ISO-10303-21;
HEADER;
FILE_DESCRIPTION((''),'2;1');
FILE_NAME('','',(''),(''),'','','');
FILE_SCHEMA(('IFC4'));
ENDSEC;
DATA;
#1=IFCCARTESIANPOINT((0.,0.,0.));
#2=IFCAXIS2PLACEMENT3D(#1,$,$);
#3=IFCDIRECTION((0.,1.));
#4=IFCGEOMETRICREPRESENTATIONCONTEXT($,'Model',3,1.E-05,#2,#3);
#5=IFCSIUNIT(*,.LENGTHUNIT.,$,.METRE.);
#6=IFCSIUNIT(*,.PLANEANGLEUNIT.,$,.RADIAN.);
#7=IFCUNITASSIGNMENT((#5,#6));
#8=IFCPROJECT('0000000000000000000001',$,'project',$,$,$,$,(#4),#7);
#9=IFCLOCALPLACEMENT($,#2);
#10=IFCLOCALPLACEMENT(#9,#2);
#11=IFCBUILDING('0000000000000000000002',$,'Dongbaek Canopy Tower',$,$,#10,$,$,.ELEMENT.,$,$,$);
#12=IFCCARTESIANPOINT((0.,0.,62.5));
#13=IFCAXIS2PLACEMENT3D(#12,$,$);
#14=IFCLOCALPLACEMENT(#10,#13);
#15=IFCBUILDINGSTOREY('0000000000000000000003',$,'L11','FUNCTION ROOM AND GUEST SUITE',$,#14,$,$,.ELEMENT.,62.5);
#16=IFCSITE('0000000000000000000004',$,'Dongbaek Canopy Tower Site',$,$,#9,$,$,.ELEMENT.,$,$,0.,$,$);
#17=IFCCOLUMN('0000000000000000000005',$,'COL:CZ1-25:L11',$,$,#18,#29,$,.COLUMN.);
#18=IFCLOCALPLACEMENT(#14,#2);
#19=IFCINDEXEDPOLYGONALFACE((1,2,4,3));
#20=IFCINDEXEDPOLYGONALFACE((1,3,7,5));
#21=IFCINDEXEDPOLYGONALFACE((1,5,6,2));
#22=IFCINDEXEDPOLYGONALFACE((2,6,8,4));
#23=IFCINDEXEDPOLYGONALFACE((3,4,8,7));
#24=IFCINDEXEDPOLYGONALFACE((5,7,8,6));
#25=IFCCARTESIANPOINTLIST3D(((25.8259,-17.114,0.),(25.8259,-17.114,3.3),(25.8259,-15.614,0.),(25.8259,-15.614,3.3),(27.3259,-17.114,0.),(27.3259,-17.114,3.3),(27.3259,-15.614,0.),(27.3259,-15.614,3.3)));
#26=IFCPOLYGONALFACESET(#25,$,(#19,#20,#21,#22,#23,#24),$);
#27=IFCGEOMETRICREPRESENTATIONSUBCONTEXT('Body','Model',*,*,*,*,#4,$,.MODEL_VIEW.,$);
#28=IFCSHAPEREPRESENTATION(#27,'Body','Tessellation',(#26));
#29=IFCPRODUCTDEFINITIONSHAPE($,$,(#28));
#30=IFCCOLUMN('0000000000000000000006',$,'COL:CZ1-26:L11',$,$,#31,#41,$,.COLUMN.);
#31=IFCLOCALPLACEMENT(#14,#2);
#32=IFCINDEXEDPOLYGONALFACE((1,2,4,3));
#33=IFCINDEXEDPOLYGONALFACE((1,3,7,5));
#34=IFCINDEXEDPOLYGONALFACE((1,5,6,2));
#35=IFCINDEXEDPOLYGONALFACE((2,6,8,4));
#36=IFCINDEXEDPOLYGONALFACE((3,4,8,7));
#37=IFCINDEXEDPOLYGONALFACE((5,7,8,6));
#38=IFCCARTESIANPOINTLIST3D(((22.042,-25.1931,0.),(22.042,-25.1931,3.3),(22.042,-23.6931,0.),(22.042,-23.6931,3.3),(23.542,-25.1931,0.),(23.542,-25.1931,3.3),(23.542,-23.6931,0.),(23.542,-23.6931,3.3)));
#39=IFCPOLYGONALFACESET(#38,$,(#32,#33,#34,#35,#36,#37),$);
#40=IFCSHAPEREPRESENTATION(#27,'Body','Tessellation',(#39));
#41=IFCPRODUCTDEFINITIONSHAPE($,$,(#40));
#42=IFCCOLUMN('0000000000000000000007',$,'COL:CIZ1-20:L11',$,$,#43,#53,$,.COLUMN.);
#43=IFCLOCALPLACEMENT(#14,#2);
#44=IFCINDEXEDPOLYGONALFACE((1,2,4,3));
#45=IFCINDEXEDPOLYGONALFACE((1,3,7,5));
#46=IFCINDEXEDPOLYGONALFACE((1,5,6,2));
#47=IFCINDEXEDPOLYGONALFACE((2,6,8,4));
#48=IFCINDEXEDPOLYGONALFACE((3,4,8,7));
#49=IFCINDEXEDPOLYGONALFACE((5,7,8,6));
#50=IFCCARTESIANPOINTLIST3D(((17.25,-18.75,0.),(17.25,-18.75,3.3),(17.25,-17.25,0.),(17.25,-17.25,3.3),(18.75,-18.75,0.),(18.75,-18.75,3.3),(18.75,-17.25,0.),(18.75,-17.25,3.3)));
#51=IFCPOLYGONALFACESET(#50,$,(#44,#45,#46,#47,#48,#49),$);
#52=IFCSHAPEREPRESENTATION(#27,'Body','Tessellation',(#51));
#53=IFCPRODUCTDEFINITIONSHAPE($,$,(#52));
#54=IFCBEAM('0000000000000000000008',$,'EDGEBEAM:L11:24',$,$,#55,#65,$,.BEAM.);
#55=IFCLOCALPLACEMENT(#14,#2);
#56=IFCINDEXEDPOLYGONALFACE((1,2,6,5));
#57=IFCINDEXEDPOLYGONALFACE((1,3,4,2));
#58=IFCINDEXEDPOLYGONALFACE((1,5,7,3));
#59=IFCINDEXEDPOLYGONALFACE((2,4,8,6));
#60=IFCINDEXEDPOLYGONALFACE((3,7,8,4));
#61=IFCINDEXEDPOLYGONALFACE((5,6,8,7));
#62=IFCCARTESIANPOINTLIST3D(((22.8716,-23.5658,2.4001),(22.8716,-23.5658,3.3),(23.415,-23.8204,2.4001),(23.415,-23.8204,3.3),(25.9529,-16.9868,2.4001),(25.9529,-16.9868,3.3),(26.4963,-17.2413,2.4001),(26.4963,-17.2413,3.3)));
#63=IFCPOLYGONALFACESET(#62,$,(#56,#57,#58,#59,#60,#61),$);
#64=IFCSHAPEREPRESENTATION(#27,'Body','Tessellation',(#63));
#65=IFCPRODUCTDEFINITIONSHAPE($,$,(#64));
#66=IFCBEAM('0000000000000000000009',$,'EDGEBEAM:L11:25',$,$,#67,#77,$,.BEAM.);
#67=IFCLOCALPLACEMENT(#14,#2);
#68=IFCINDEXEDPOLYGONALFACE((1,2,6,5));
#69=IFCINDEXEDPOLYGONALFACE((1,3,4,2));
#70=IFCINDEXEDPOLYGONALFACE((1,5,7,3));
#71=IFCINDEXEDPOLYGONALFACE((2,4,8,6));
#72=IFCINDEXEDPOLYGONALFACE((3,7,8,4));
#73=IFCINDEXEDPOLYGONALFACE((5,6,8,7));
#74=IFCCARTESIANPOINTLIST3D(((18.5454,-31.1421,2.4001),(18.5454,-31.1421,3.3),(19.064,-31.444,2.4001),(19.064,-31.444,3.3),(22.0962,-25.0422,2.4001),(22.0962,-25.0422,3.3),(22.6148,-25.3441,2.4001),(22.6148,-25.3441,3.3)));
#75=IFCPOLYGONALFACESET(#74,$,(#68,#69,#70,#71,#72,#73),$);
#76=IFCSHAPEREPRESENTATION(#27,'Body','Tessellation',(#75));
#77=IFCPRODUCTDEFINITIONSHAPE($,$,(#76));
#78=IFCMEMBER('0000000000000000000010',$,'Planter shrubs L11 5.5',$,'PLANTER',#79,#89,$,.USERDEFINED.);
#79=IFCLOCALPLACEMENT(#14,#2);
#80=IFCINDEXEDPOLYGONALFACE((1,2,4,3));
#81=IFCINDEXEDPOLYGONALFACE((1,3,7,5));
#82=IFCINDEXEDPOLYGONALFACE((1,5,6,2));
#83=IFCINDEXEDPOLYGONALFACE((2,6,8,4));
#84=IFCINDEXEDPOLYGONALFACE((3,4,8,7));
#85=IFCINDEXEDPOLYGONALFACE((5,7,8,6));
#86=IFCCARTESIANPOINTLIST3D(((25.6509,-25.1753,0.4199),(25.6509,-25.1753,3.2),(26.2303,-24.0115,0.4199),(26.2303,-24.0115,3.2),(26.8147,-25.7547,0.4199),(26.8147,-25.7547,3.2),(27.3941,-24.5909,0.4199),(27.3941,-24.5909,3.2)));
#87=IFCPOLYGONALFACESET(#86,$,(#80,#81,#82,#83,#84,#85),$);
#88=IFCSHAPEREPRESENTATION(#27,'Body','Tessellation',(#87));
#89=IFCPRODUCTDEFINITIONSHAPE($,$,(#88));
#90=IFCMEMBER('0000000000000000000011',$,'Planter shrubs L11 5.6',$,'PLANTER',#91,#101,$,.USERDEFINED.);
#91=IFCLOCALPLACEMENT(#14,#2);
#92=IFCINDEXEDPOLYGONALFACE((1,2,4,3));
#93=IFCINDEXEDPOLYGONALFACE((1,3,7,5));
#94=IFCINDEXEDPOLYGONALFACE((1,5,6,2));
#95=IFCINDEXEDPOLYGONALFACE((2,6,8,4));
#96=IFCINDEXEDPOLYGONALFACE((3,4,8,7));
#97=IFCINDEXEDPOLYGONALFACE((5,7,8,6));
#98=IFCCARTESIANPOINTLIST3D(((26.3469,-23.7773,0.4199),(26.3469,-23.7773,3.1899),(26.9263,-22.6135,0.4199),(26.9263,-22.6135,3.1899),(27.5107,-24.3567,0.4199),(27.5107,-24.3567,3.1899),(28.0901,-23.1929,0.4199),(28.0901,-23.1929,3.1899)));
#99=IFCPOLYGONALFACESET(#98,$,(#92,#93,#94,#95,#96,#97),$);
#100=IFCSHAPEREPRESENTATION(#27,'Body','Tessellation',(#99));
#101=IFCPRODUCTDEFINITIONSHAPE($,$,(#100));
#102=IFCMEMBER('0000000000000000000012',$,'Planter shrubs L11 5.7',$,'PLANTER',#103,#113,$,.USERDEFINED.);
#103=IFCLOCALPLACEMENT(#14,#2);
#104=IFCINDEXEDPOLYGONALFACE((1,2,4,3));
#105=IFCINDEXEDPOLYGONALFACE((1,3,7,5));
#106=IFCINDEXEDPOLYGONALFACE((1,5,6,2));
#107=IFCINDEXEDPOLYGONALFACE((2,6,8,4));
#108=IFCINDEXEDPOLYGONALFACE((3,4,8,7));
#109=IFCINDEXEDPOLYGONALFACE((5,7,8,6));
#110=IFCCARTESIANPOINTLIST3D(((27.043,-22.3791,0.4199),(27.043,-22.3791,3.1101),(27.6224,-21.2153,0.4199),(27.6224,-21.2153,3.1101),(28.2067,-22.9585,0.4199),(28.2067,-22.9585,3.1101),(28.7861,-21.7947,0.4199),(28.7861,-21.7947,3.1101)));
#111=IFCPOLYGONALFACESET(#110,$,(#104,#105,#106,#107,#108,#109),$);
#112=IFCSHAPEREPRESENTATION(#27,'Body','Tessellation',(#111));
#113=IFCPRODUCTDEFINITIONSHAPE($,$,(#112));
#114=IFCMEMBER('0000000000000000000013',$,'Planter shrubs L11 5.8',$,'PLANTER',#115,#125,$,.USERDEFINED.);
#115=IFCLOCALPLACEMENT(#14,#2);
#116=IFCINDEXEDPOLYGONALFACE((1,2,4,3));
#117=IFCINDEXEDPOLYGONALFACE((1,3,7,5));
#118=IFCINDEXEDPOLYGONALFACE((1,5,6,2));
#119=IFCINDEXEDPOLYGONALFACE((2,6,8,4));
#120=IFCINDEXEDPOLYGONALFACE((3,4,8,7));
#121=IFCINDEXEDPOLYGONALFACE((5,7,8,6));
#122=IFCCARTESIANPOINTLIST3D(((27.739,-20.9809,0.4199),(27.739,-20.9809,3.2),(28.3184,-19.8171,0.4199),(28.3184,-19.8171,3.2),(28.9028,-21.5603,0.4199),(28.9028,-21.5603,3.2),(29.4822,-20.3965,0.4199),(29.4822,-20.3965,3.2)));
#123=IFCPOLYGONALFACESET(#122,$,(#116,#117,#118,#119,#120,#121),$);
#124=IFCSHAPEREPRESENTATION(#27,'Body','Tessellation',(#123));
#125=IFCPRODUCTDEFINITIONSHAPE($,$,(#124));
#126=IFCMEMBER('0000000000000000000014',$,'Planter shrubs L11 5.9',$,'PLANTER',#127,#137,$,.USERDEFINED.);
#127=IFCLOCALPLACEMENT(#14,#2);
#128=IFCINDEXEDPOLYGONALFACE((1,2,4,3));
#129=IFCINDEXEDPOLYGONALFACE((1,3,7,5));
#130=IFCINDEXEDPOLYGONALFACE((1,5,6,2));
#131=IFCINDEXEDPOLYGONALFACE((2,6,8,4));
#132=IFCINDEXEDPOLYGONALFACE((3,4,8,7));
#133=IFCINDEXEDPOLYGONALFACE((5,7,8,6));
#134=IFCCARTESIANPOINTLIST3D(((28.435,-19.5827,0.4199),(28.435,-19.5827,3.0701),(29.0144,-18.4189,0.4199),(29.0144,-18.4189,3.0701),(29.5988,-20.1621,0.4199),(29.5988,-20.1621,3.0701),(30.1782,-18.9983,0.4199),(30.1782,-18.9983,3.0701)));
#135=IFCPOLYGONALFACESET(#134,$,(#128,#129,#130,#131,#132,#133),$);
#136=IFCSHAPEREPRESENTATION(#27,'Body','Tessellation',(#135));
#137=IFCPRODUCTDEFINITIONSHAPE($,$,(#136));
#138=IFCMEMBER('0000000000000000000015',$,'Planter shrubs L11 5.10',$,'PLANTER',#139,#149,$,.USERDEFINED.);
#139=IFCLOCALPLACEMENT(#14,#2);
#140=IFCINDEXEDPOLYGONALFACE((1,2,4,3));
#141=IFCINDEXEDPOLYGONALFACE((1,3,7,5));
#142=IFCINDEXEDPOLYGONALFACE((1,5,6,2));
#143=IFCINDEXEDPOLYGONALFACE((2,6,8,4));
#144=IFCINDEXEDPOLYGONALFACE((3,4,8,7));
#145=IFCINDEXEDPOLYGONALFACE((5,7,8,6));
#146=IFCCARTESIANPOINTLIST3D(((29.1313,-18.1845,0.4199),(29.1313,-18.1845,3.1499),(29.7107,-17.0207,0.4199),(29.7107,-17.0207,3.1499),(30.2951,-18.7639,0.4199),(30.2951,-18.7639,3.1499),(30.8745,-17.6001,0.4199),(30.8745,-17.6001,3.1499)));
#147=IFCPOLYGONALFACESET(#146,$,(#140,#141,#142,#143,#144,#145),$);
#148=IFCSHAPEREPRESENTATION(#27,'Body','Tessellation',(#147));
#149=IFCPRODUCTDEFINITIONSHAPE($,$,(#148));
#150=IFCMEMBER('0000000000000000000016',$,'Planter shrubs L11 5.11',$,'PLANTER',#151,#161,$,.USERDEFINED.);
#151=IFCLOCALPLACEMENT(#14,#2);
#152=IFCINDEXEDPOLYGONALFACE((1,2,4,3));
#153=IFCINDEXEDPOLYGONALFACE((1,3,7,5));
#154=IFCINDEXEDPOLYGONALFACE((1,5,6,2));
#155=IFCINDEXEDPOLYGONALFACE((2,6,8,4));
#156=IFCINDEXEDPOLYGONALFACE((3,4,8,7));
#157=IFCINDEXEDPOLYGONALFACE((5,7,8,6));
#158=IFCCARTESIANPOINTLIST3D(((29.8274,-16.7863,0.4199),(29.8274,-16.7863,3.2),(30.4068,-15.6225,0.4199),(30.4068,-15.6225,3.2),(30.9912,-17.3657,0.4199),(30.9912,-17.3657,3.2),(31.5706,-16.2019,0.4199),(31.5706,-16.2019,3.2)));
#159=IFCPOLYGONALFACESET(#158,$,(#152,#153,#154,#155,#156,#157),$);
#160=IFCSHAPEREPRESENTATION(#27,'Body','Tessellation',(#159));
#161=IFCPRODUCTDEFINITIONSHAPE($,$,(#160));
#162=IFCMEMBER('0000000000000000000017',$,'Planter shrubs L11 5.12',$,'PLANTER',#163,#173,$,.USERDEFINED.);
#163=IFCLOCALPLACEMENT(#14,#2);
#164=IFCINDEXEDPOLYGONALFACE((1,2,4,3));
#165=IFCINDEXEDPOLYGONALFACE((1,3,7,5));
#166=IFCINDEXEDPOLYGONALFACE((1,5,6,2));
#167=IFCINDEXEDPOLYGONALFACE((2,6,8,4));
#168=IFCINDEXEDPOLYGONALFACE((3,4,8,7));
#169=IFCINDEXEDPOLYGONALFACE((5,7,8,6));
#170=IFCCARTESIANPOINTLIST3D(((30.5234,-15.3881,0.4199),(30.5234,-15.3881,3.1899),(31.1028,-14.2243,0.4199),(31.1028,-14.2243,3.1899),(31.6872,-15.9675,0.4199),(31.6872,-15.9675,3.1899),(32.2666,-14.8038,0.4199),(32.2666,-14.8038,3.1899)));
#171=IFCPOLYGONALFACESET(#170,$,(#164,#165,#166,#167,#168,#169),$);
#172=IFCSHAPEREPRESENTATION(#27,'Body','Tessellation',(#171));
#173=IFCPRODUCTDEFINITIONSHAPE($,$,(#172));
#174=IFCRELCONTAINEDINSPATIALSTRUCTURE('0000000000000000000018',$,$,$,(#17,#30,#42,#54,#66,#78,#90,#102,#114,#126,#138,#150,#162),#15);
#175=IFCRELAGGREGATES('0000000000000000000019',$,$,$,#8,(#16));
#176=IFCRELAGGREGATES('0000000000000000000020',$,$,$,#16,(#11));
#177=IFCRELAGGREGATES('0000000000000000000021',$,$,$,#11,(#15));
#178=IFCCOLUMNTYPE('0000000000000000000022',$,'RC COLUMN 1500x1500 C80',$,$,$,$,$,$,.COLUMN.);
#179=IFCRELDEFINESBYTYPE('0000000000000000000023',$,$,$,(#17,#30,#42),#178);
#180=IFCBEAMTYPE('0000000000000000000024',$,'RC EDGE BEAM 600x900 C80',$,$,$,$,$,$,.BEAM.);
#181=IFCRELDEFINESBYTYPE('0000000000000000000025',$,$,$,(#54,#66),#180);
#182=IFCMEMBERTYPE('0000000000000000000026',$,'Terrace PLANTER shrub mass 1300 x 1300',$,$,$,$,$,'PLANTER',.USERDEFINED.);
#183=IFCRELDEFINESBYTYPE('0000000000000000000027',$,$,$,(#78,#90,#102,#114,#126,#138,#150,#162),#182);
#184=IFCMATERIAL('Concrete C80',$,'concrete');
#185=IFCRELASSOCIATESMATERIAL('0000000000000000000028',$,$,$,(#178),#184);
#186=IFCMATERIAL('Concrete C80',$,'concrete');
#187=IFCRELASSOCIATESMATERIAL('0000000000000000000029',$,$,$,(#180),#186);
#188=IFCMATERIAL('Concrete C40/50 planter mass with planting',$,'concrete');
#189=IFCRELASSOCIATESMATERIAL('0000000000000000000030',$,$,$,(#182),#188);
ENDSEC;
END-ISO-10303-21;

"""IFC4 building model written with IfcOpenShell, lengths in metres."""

from ifc_helpers import new_model, si_unit, direction, frame, origin, origin_2d, place, context, subcontext, project, spatial, rectangle, extrude, material, material_profile, profile_set, type_object, element, save


model = new_model("IFC4")

# Units and contexts
model_context = context("Model", 3, precision=1e-05, world=origin(), true_north=direction((0.0, 1.0)))
body_context = subcontext(model_context, "Body", "Model", "MODEL_VIEW")
ifc_project = project(units=[si_unit("LENGTHUNIT", "METRE"), si_unit("PLANEANGLEUNIT", "RADIAN")], contexts=[model_context])

# Site, building, storey
site_placement = place(None, origin())
site = spatial("IfcSite", under=ifc_project, at=site_placement, Name="Dongbaek Canopy Tower Site", CompositionType="ELEMENT", RefElevation=0.0)
building_placement = place(site_placement, origin())
building = spatial("IfcBuilding", under=site, at=building_placement, Name="Dongbaek Canopy Tower", CompositionType="ELEMENT")
storey_placement = place(building_placement, frame((0.0, 0.0, 62.5)))
storey = spatial("IfcBuildingStorey", under=building, at=storey_placement, Name="L11", Description="FUNCTION ROOM AND GUEST SUITE", CompositionType="ELEMENT", Elevation=62.5)

# Columns
ifc_material_1 = material(Name="Concrete C80", Category="concrete")
ifc_material_profile_1 = material_profile(ifc_material_1, rectangle(XDim=1.5, YDim=1.5, at=origin_2d()), Name="RC COLUMN 1500x1500 C80")
ifc_profile_set_1 = profile_set([ifc_material_profile_1], Name="Concrete C80")
column_type = type_object("IfcColumnType", Name="RC COLUMN 1500x1500 C80", PredefinedType="COLUMN", material=ifc_profile_set_1)
for number, where, z_axis, x_axis, name in (
    (1, (26.5759, -16.364, 0.0), (0.0, 0.0, 1.0), (1.0, 0.0, 0.0), "COL:CZ1-25:L11"),
    (2, (22.792, -24.4431, 0.0), (0.0, 0.0, 1.0), (1.0, 0.0, 0.0), "COL:CZ1-26:L11"),
    (3, (18.0, -18.0, 0.0), (0.0, 0.0, 1.0), (1.0, 0.0, 0.0), "COL:CIZ1-20:L11"),
):
    element("IfcColumn", number, at=place(storey_placement, frame(where, z_axis=z_axis, x_axis=x_axis)), inside=storey, type_object=column_type, Name=name, PredefinedType="COLUMN", context=body_context, shape_type="SweptSolid", body=[
        extrude(rectangle(XDim=1.5, YDim=1.5, at=origin_2d()), origin(), (0.0, 0.0, 1.0), 3.3),
    ])

# Beams
ifc_material_2 = material(Name="Concrete C80", Category="concrete")
ifc_material_profile_2 = material_profile(ifc_material_2, rectangle(XDim=0.6001, YDim=0.8999, at=origin_2d()), Name="RC EDGE BEAM 600x900 C80")
ifc_profile_set_2 = profile_set([ifc_material_profile_2], Name="Concrete C80")
beam_type = type_object("IfcBeamType", Name="RC EDGE BEAM 600x900 C80", PredefinedType="BEAM", material=ifc_profile_set_2)
beam_1_placement = place(storey_placement, frame((26.2246, -17.114, 2.8501), z_axis=(-0.424134, -0.905599, 0.0), x_axis=(0.905599, -0.424134, 0.0)))
element("IfcBeam", 4, at=beam_1_placement, inside=storey, type_object=beam_type, Name="EDGEBEAM:L11:24", PredefinedType="BEAM", context=body_context, shape_type="SweptSolid", body=[
    extrude(rectangle(XDim=0.6001, YDim=0.8999, at=origin_2d()), origin(), (0.0, 0.0, 1.0), 7.2649),
])
beam_2_placement = place(storey_placement, frame((22.3555, -25.1931, 2.8501), z_axis=(-0.503082, -0.864239, 0.0), x_axis=(0.864239, -0.503082, 0.0)))
element("IfcBeam", 5, at=beam_2_placement, inside=storey, type_object=beam_type, Name="EDGEBEAM:L11:25", PredefinedType="BEAM", context=body_context, shape_type="SweptSolid", body=[
    extrude(rectangle(XDim=0.6001, YDim=0.8999, at=origin_2d()), origin(), (0.0, 0.0, 1.0), 7.0581),
])

# Members
ifc_material_3 = material(Name="Concrete C40/50 planter mass with planting", Category="concrete")
ifc_material_profile_3 = material_profile(ifc_material_3, rectangle(XDim=1.3, YDim=1.3, at=origin_2d()), Name="Terrace PLANTER shrub mass 1300 x 1300")
ifc_profile_set_3 = profile_set([ifc_material_profile_3], Name="Concrete C40/50 planter mass with planting")
member_type = type_object("IfcMemberType", Name="Terrace PLANTER shrub mass 1300 x 1300", ElementType="PLANTER", PredefinedType="USERDEFINED", material=ifc_profile_set_3)
member_1_placement = place(storey_placement, frame((26.5225, -24.8831, 0.4199), z_axis=(0.0, 0.0, 1.0), x_axis=(0.895193, -0.445678, 0.0)))
element("IfcMember", 6, at=member_1_placement, inside=storey, type_object=member_type, Name="Planter shrubs L11 5.5", ObjectType="PLANTER", PredefinedType="USERDEFINED", context=body_context, shape_type="SweptSolid", body=[
    extrude(rectangle(XDim=1.3, YDim=1.3, at=origin_2d()), origin(), (0.0, 0.0, 1.0), 2.78),
])
member_2_placement = place(storey_placement, frame((27.2185, -23.4851, 0.4199), z_axis=(0.0, 0.0, 1.0), x_axis=(0.895193, -0.445678, 0.0)))
element("IfcMember", 7, at=member_2_placement, inside=storey, type_object=member_type, Name="Planter shrubs L11 5.6", ObjectType="PLANTER", PredefinedType="USERDEFINED", context=body_context, shape_type="SweptSolid", body=[
    extrude(rectangle(XDim=1.3, YDim=1.3, at=origin_2d()), origin(), (0.0, 0.0, 1.0), 2.77),
])
member_3_placement = place(storey_placement, frame((27.9146, -22.0869, 0.4199), z_axis=(0.0, 0.0, 1.0), x_axis=(0.895193, -0.445678, 0.0)))
element("IfcMember", 8, at=member_3_placement, inside=storey, type_object=member_type, Name="Planter shrubs L11 5.7", ObjectType="PLANTER", PredefinedType="USERDEFINED", context=body_context, shape_type="SweptSolid", body=[
    extrude(rectangle(XDim=1.3, YDim=1.3, at=origin_2d()), origin(), (0.0, 0.0, 1.0), 2.6902),
])
member_4_placement = place(storey_placement, frame((28.6106, -20.6887, 0.4199), z_axis=(0.0, 0.0, 1.0), x_axis=(0.895193, -0.445678, 0.0)))
element("IfcMember", 9, at=member_4_placement, inside=storey, type_object=member_type, Name="Planter shrubs L11 5.8", ObjectType="PLANTER", PredefinedType="USERDEFINED", context=body_context, shape_type="SweptSolid", body=[
    extrude(rectangle(XDim=1.3, YDim=1.3, at=origin_2d()), origin(), (0.0, 0.0, 1.0), 2.78),
])
member_5_placement = place(storey_placement, frame((29.3066, -19.2905, 0.4199), z_axis=(0.0, 0.0, 1.0), x_axis=(0.895193, -0.445678, 0.0)))
element("IfcMember", 10, at=member_5_placement, inside=storey, type_object=member_type, Name="Planter shrubs L11 5.9", ObjectType="PLANTER", PredefinedType="USERDEFINED", context=body_context, shape_type="SweptSolid", body=[
    extrude(rectangle(XDim=1.3, YDim=1.3, at=origin_2d()), origin(), (0.0, 0.0, 1.0), 2.6501),
])
member_6_placement = place(storey_placement, frame((30.0029, -17.8923, 0.4199), z_axis=(0.0, 0.0, 1.0), x_axis=(0.895193, -0.445678, 0.0)))
element("IfcMember", 11, at=member_6_placement, inside=storey, type_object=member_type, Name="Planter shrubs L11 5.10", ObjectType="PLANTER", PredefinedType="USERDEFINED", context=body_context, shape_type="SweptSolid", body=[
    extrude(rectangle(XDim=1.3, YDim=1.3, at=origin_2d()), origin(), (0.0, 0.0, 1.0), 2.73),
])
member_7_placement = place(storey_placement, frame((30.699, -16.4941, 0.4199), z_axis=(0.0, 0.0, 1.0), x_axis=(0.895193, -0.445678, 0.0)))
element("IfcMember", 12, at=member_7_placement, inside=storey, type_object=member_type, Name="Planter shrubs L11 5.11", ObjectType="PLANTER", PredefinedType="USERDEFINED", context=body_context, shape_type="SweptSolid", body=[
    extrude(rectangle(XDim=1.3, YDim=1.3, at=origin_2d()), origin(), (0.0, 0.0, 1.0), 2.78),
])
member_8_placement = place(storey_placement, frame((31.395, -15.0959, 0.4199), z_axis=(0.0, 0.0, 1.0), x_axis=(0.895193, -0.445678, 0.0)))
element("IfcMember", 13, at=member_8_placement, inside=storey, type_object=member_type, Name="Planter shrubs L11 5.12", ObjectType="PLANTER", PredefinedType="USERDEFINED", context=body_context, shape_type="SweptSolid", body=[
    extrude(rectangle(XDim=1.3, YDim=1.3, at=origin_2d()), origin(), (0.0, 0.0, 1.0), 2.77),
])

save(model, "model.ifc")
